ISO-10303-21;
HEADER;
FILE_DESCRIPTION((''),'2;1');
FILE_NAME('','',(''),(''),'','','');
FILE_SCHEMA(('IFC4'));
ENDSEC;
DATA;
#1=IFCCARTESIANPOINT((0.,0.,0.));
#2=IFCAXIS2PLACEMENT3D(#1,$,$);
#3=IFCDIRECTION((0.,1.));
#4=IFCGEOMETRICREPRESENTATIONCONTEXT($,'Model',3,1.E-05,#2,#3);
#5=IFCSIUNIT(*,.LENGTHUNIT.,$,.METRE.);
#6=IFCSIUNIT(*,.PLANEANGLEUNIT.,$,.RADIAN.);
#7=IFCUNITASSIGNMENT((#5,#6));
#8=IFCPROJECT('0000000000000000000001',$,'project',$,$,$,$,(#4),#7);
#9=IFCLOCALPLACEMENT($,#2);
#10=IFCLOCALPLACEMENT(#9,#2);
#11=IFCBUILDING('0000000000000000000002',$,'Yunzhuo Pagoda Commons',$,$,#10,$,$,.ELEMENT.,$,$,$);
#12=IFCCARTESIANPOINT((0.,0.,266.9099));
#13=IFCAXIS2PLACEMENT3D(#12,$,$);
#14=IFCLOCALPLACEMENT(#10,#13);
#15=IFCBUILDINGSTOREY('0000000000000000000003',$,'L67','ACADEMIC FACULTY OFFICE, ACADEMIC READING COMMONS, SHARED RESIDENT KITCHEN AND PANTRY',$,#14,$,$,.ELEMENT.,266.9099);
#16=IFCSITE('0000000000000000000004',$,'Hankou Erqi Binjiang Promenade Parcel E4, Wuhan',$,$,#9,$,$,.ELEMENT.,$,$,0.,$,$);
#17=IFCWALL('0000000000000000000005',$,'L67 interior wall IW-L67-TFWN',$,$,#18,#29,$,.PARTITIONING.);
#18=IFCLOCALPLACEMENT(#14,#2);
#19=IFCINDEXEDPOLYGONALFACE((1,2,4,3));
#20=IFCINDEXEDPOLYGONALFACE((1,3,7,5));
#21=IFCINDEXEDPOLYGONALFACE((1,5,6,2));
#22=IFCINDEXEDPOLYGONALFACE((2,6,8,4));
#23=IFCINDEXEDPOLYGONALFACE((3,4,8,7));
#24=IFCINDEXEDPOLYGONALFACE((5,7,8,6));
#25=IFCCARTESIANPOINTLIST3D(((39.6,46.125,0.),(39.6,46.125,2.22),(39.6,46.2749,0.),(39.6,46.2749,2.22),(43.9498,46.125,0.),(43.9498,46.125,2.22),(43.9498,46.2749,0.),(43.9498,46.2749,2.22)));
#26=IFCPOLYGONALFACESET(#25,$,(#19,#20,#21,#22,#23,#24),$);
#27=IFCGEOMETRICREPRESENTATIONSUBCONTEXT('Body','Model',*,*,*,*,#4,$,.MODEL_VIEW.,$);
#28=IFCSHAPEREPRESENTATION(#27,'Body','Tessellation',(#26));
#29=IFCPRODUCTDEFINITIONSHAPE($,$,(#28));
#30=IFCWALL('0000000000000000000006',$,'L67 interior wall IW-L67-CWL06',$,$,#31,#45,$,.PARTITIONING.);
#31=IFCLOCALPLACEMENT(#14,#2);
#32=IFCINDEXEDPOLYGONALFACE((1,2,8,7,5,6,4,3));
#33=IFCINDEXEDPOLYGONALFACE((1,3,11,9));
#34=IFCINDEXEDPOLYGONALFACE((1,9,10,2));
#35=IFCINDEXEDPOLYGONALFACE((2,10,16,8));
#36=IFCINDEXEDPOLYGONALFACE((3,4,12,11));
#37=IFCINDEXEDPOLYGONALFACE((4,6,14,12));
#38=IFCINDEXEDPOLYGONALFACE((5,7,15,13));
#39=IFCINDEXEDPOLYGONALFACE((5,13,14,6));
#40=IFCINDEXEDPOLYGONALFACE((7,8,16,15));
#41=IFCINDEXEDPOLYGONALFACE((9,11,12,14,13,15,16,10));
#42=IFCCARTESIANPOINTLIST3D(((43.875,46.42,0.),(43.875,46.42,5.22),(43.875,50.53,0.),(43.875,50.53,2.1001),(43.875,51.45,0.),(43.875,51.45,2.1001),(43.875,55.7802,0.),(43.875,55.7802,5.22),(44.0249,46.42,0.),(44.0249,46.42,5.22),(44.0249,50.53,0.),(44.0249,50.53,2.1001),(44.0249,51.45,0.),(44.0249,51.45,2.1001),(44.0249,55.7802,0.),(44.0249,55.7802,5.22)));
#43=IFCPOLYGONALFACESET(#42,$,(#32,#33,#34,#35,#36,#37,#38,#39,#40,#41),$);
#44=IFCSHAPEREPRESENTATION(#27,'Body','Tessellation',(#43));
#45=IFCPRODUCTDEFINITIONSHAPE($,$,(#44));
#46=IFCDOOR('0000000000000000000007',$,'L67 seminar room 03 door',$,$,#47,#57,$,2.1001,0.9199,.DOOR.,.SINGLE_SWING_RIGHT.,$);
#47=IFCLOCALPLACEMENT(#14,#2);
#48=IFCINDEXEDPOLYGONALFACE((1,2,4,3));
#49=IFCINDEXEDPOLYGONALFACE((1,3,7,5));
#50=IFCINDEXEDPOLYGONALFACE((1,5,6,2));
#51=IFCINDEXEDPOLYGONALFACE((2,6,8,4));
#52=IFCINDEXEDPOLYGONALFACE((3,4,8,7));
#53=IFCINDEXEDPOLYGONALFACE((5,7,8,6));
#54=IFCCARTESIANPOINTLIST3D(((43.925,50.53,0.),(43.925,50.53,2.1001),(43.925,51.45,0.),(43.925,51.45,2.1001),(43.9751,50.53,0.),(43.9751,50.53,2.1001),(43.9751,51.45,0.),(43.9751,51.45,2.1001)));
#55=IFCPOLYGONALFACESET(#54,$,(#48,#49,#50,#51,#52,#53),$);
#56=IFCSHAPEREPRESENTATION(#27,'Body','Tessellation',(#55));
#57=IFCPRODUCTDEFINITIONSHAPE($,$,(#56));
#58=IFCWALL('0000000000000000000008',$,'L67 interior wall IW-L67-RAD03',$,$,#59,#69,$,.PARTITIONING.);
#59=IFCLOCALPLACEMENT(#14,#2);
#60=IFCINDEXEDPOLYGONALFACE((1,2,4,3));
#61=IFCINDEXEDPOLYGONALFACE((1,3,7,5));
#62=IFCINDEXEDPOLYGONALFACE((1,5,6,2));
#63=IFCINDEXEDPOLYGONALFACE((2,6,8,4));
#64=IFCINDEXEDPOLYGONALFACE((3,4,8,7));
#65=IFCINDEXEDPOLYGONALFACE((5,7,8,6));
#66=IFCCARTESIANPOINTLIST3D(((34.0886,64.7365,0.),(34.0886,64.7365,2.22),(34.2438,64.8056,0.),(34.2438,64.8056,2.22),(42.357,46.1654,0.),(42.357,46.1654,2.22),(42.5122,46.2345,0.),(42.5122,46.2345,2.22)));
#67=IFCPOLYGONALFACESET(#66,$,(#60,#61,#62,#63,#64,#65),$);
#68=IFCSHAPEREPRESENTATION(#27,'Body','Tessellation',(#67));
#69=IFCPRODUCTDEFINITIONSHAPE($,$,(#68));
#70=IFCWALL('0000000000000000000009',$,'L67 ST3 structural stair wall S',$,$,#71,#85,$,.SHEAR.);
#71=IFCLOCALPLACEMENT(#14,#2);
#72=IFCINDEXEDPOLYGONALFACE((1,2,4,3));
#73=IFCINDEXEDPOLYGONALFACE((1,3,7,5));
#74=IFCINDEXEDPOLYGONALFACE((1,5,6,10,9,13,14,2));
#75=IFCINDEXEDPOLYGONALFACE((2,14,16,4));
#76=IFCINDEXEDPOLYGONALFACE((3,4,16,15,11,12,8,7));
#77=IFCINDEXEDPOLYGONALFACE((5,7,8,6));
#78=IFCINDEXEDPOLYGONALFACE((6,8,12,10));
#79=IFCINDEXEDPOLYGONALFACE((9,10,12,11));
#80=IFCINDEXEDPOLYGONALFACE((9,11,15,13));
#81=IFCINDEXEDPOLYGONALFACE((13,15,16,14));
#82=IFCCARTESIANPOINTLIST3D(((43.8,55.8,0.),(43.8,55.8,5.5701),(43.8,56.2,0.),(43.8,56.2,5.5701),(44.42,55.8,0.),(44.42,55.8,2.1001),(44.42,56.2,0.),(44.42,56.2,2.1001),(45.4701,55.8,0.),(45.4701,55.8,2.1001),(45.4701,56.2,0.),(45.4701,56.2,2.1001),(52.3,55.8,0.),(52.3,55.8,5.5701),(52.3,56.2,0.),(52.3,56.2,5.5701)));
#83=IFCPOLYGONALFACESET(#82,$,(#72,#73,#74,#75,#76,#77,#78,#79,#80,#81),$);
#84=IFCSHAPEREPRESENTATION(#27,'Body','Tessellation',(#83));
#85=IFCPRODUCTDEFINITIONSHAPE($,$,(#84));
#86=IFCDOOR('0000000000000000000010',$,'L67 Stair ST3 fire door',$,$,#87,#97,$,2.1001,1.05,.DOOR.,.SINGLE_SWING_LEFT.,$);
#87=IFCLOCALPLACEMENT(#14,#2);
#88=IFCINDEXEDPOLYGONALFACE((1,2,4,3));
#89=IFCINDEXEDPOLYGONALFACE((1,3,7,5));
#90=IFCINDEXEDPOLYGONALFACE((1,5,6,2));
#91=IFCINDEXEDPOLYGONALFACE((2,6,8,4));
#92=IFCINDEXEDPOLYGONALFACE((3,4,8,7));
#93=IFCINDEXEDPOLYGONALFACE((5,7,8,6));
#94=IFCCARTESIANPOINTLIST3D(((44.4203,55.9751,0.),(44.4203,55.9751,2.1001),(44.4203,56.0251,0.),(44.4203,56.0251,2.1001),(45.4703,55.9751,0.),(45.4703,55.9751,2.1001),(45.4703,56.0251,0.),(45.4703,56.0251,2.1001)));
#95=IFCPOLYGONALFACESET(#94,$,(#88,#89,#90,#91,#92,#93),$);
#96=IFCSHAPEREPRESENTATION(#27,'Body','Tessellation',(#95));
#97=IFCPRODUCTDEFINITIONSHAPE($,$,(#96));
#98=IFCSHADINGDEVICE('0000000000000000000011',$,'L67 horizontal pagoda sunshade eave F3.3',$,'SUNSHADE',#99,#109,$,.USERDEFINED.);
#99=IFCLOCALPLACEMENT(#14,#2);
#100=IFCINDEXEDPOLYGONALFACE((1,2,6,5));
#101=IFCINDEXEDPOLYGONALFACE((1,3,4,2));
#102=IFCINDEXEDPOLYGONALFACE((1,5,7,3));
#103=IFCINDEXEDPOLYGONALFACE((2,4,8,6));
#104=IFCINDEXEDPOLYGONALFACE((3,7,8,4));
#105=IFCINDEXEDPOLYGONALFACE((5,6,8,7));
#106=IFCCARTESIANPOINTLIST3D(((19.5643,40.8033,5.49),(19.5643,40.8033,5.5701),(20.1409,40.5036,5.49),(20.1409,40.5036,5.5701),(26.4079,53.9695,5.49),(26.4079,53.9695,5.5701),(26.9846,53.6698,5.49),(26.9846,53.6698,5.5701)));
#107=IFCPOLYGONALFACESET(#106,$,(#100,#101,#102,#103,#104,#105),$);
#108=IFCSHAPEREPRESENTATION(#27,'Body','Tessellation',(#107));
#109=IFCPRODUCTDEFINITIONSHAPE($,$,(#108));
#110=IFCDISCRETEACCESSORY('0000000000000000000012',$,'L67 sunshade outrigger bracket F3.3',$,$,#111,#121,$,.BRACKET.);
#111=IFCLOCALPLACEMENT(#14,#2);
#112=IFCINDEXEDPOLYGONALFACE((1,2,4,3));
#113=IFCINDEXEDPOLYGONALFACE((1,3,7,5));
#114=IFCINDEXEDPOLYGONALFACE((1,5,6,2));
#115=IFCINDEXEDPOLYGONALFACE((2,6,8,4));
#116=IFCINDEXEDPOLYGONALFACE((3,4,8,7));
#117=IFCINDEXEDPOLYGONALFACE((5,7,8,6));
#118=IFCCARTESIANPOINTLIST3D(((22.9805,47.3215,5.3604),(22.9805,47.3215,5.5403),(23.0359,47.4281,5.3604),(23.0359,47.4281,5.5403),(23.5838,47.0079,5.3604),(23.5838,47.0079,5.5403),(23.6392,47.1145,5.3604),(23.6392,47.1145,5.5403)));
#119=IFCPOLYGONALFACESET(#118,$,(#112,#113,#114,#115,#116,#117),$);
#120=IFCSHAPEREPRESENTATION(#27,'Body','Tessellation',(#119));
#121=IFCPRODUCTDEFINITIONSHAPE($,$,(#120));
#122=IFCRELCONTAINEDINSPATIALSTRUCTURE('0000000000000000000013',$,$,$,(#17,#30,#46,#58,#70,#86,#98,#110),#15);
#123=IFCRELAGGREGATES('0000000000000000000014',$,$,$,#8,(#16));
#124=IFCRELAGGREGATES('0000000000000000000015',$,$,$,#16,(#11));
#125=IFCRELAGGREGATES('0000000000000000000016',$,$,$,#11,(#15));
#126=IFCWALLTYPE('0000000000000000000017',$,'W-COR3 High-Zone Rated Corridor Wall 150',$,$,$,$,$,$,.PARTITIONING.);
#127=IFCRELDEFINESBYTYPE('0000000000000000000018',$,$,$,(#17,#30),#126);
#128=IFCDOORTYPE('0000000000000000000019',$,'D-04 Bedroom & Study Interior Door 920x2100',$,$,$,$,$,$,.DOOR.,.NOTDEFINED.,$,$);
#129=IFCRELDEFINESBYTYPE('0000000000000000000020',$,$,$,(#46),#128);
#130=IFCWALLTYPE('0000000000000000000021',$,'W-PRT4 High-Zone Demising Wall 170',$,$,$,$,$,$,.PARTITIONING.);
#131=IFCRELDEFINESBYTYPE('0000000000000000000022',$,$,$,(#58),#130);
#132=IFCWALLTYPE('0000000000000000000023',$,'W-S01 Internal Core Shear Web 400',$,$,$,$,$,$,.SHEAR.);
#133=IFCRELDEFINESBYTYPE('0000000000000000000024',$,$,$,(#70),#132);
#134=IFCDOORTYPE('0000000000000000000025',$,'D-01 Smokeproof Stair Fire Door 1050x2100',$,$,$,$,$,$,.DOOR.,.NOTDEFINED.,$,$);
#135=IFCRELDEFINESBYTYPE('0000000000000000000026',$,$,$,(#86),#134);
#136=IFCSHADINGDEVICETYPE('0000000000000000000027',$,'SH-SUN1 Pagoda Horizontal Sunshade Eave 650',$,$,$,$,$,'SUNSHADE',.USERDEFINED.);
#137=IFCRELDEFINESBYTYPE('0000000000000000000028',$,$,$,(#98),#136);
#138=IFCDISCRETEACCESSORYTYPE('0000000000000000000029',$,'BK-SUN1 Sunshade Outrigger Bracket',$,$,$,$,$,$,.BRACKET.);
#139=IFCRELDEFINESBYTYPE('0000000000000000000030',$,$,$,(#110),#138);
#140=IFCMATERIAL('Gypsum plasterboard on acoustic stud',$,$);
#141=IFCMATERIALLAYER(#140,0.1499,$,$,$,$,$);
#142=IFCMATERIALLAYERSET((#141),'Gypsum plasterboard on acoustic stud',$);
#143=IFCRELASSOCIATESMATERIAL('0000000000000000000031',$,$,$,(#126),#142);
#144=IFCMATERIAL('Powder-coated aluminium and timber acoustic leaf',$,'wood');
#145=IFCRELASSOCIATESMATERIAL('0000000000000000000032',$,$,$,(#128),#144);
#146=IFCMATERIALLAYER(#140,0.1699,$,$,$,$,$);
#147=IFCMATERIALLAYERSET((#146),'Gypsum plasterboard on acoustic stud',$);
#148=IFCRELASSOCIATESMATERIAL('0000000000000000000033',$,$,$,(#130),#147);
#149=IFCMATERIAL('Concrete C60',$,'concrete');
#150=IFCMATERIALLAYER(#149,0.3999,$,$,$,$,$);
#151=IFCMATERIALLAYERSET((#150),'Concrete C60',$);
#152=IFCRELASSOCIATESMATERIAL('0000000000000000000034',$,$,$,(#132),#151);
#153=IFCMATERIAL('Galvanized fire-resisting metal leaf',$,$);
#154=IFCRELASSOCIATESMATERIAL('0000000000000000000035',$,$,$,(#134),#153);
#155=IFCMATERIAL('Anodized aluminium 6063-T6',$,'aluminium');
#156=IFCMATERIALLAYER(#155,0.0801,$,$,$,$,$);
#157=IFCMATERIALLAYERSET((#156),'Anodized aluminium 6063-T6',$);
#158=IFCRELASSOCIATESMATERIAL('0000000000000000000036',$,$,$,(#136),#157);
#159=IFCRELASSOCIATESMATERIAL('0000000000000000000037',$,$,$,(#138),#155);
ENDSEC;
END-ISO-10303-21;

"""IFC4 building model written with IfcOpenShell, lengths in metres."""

from ifc_helpers import new_model, si_unit, direction, frame, frame_2d, origin, origin_with_axes, origin_2d, place, context, subcontext, project, spatial, rectangle, extrude, source, transform, mapped, material, layer, layer_set, type_object, element, fill, save


model = new_model("IFC4")

# Units and contexts
model_context = context("Model", 3, precision=1e-05, world=origin(), true_north=direction((0.0, 1.0)))
body_context = subcontext(model_context, "Body", "Model", "MODEL_VIEW")
ifc_project = project(units=[si_unit("LENGTHUNIT", "METRE"), si_unit("PLANEANGLEUNIT", "RADIAN")], contexts=[model_context])

# Site, building, storey
site_placement = place(None, origin())
site = spatial("IfcSite", under=ifc_project, at=site_placement, Name="Hankou Erqi Binjiang Promenade Parcel E4, Wuhan", CompositionType="ELEMENT", RefElevation=0.0)
building_placement = place(site_placement, origin())
building = spatial("IfcBuilding", under=site, at=building_placement, Name="Yunzhuo Pagoda Commons", CompositionType="ELEMENT")
storey_placement = place(building_placement, frame((0.0, 0.0, 266.9099)))
storey = spatial("IfcBuildingStorey", under=building, at=storey_placement, Name="L67", Description="ACADEMIC FACULTY OFFICE, ACADEMIC READING COMMONS, SHARED RESIDENT KITCHEN AND PANTRY", CompositionType="ELEMENT", Elevation=266.9099)

# Shared definitions
ifc_material_1 = material(Name="Anodized aluminium 6063-T6", Category="aluminium")

# Wall
ifc_material_2 = material(Name="Gypsum plasterboard on acoustic stud")
ifc_layer_1 = layer(ifc_material_2, 0.1499)
ifc_layer_set_1 = layer_set([ifc_layer_1], Name="Gypsum plasterboard on acoustic stud")
wall_type_1 = type_object("IfcWallType", Name="W-COR3 High-Zone Rated Corridor Wall 150", PredefinedType="PARTITIONING", material=ifc_layer_set_1)
wall_1_placement = place(storey_placement, frame((39.6001, 46.2, 0.0), z_axis=(0.0, 0.0, 1.0), x_axis=(1.0, 0.0, 0.0)))
element("IfcWall", 1, at=wall_1_placement, inside=storey, type_object=wall_type_1, Name="L67 interior wall IW-L67-TFWN", PredefinedType="PARTITIONING", context=body_context, shape_type="SweptSolid", body=[
    extrude(rectangle(XDim=4.3499, YDim=0.1499, at=frame_2d((2.1748, 0.0))), origin(), (0.0, 0.0, 1.0), 2.22),
])

# Wall, opening, door
wall_2_placement = place(storey_placement, frame((43.95, 46.4199, 0.0), z_axis=(0.0, 0.0, 1.0), x_axis=(0.0, 1.0, 0.0)))
wall_2 = element("IfcWall", 2, at=wall_2_placement, inside=storey, type_object=wall_type_1, Name="L67 interior wall IW-L67-CWL06", PredefinedType="PARTITIONING", context=body_context, shape_type="SweptSolid", body=[
    extrude(rectangle(XDim=9.3601, YDim=0.1499, at=frame_2d((4.6802, 0.0))), origin(), (0.0, 0.0, 1.0), 5.22),
])
opening_1_placement = place(wall_2_placement, frame((4.1101, 0.0, 0.0)))
opening_1 = element("IfcOpeningElement", 3, at=opening_1_placement, cuts=wall_2, PredefinedType="OPENING", context=body_context, shape_type="SweptSolid", body=[
    extrude(rectangle(XDim=0.9199, YDim=2.1001, at=frame_2d((0.46, 1.05))), frame((0.0, 0.085, 0.0), z_axis=(0.0, -1.0, 0.0), x_axis=(1.0, 0.0, 0.0)), (0.0, 0.0, 1.0), 0.1699),
])
ifc_material_3 = material(Name="Powder-coated aluminium and timber acoustic leaf", Category="wood")
door_type_1 = type_object("IfcDoorType", Name="D-04 Bedroom & Study Interior Door 920x2100", OperationType="NOTDEFINED", PredefinedType="DOOR", material=ifc_material_3)
shared_shape_1 = source(origin(), body_context, "Body", "SweptSolid", [
    extrude(rectangle(XDim=0.9199, YDim=2.1001, at=frame_2d((0.46, 1.05))), frame((0.0, 0.0249, 0.0), z_axis=(0.0, -1.0, 0.0), x_axis=(1.0, 0.0, 0.0)), (0.0, 0.0, 1.0), 0.05),
])
door_1_placement = place(opening_1_placement, origin_with_axes())
door_1 = element("IfcDoor", 4, at=door_1_placement, inside=storey, type_object=door_type_1, Name="L67 seminar room 03 door", OperationType="SINGLE_SWING_RIGHT", OverallHeight=2.1001, OverallWidth=0.9199, PredefinedType="DOOR", context=body_context, shape_type="MappedRepresentation", body=[
    mapped(shared_shape_1, transform((0.0, 0.0, 0.0), scale=1.0)),
])
fill(opening_1, door_1)

# Wall
ifc_layer_2 = layer(ifc_material_2, 0.1699)
ifc_layer_set_2 = layer_set([ifc_layer_2], Name="Gypsum plasterboard on acoustic stud")
wall_type_2 = type_object("IfcWallType", Name="W-PRT4 High-Zone Demising Wall 170", PredefinedType="PARTITIONING", material=ifc_layer_set_2)
wall_3_placement = place(storey_placement, frame((42.4346, 46.2, 0.0), z_axis=(0.0, 0.0, 1.0), x_axis=(-0.406735, 0.913546, 0.0)))
element("IfcWall", 5, at=wall_3_placement, inside=storey, type_object=wall_type_2, Name="L67 interior wall IW-L67-RAD03", PredefinedType="PARTITIONING", context=body_context, shape_type="SweptSolid", body=[
    extrude(rectangle(XDim=20.3286, YDim=0.1699, at=frame_2d((10.1643, 0.0))), origin(), (0.0, 0.0, 1.0), 2.22),
])

# Wall, opening, door
ifc_material_4 = material(Name="Concrete C60", Category="concrete")
ifc_layer_3 = layer(ifc_material_4, 0.3999)
ifc_layer_set_3 = layer_set([ifc_layer_3], Name="Concrete C60")
wall_type_3 = type_object("IfcWallType", Name="W-S01 Internal Core Shear Web 400", PredefinedType="SHEAR", material=ifc_layer_set_3)
wall_4_placement = place(storey_placement, frame((43.8, 56.0, 0.0), z_axis=(0.0, 0.0, 1.0), x_axis=(1.0, 0.0, 0.0)))
wall_4 = element("IfcWall", 6, at=wall_4_placement, inside=storey, type_object=wall_type_3, Name="L67 ST3 structural stair wall S", PredefinedType="SHEAR", context=body_context, shape_type="SweptSolid", body=[
    extrude(rectangle(XDim=8.5, YDim=0.3999, at=frame_2d((4.25, 0.0))), origin(), (0.0, 0.0, 1.0), 5.5701),
])
opening_2_placement = place(wall_4_placement, frame((0.6201, 0.0, 0.0)))
opening_2 = element("IfcOpeningElement", 7, at=opening_2_placement, cuts=wall_4, PredefinedType="OPENING", context=body_context, shape_type="SweptSolid", body=[
    extrude(rectangle(XDim=1.05, YDim=2.1001, at=frame_2d((0.5249, 1.05))), frame((0.0, 0.21, 0.0), z_axis=(0.0, -1.0, 0.0), x_axis=(1.0, 0.0, 0.0)), (0.0, 0.0, 1.0), 0.4199),
])
ifc_material_5 = material(Name="Galvanized fire-resisting metal leaf")
door_type_2 = type_object("IfcDoorType", Name="D-01 Smokeproof Stair Fire Door 1050x2100", OperationType="NOTDEFINED", PredefinedType="DOOR", material=ifc_material_5)
shared_shape_2 = source(origin(), body_context, "Body", "SweptSolid", [
    extrude(rectangle(XDim=1.05, YDim=2.1001, at=frame_2d((0.5249, 1.05))), frame((0.0, 0.0249, 0.0), z_axis=(0.0, -1.0, 0.0), x_axis=(1.0, 0.0, 0.0)), (0.0, 0.0, 1.0), 0.05),
])
door_2_placement = place(opening_2_placement, frame((1.05, 0.0, 0.0), z_axis=(0.0, 0.0, 1.0), x_axis=(-1.0, 0.0, 0.0)))
door_2 = element("IfcDoor", 8, at=door_2_placement, inside=storey, type_object=door_type_2, Name="L67 Stair ST3 fire door", OperationType="SINGLE_SWING_LEFT", OverallHeight=2.1001, OverallWidth=1.05, PredefinedType="DOOR", context=body_context, shape_type="MappedRepresentation", body=[
    mapped(shared_shape_2, transform((0.0, 0.0, 0.0), scale=1.0)),
])
fill(opening_2, door_2)

# Shading device
ifc_layer_4 = layer(ifc_material_1, 0.0801)
ifc_layer_set_4 = layer_set([ifc_layer_4], Name="Anodized aluminium 6063-T6")
shading_device_type = type_object("IfcShadingDeviceType", Name="SH-SUN1 Pagoda Horizontal Sunshade Eave 650", ElementType="SUNSHADE", PredefinedType="USERDEFINED", material=ifc_layer_set_4)
shared_shape_3 = source(origin(), body_context, "Body", "SweptSolid", [
    extrude(rectangle(XDim=14.8386, YDim=0.6499, at=origin_2d()), origin(), (0.0, 0.0, 1.0), 0.0801),
])
shading_device_placement = place(storey_placement, frame((23.2744, 47.2366, 5.49), z_axis=(0.0, 0.0, 1.0), x_axis=(-0.461207, -0.887293, 0.0)))
element("IfcShadingDevice", 9, at=shading_device_placement, inside=storey, type_object=shading_device_type, Name="L67 horizontal pagoda sunshade eave F3.3", ObjectType="SUNSHADE", PredefinedType="USERDEFINED", context=body_context, shape_type="MappedRepresentation", body=[
    mapped(shared_shape_3, transform((0.0, 0.0, 0.0), scale=1.0)),
])

# Discrete accessory
discrete_accessory_type = type_object("IfcDiscreteAccessoryType", Name="BK-SUN1 Sunshade Outrigger Bracket", PredefinedType="BRACKET", material=ifc_material_1)
shared_shape_4 = source(origin(), body_context, "Body", "SweptSolid", [
    extrude(rectangle(XDim=0.1201, YDim=0.6799, at=origin_2d()), origin(), (0.0, 0.0, 1.0), 0.1799),
])
discrete_accessory_placement = place(storey_placement, frame((23.3098, 47.218, 5.3604), z_axis=(0.0, 0.0, 1.0), x_axis=(-0.461207, -0.887293, 0.0)))
element("IfcDiscreteAccessory", 10, at=discrete_accessory_placement, inside=storey, type_object=discrete_accessory_type, Name="L67 sunshade outrigger bracket F3.3", PredefinedType="BRACKET", context=body_context, shape_type="MappedRepresentation", body=[
    mapped(shared_shape_4, transform((0.0, 0.0, 0.0), scale=1.0)),
])

save(model, "model.ifc")
